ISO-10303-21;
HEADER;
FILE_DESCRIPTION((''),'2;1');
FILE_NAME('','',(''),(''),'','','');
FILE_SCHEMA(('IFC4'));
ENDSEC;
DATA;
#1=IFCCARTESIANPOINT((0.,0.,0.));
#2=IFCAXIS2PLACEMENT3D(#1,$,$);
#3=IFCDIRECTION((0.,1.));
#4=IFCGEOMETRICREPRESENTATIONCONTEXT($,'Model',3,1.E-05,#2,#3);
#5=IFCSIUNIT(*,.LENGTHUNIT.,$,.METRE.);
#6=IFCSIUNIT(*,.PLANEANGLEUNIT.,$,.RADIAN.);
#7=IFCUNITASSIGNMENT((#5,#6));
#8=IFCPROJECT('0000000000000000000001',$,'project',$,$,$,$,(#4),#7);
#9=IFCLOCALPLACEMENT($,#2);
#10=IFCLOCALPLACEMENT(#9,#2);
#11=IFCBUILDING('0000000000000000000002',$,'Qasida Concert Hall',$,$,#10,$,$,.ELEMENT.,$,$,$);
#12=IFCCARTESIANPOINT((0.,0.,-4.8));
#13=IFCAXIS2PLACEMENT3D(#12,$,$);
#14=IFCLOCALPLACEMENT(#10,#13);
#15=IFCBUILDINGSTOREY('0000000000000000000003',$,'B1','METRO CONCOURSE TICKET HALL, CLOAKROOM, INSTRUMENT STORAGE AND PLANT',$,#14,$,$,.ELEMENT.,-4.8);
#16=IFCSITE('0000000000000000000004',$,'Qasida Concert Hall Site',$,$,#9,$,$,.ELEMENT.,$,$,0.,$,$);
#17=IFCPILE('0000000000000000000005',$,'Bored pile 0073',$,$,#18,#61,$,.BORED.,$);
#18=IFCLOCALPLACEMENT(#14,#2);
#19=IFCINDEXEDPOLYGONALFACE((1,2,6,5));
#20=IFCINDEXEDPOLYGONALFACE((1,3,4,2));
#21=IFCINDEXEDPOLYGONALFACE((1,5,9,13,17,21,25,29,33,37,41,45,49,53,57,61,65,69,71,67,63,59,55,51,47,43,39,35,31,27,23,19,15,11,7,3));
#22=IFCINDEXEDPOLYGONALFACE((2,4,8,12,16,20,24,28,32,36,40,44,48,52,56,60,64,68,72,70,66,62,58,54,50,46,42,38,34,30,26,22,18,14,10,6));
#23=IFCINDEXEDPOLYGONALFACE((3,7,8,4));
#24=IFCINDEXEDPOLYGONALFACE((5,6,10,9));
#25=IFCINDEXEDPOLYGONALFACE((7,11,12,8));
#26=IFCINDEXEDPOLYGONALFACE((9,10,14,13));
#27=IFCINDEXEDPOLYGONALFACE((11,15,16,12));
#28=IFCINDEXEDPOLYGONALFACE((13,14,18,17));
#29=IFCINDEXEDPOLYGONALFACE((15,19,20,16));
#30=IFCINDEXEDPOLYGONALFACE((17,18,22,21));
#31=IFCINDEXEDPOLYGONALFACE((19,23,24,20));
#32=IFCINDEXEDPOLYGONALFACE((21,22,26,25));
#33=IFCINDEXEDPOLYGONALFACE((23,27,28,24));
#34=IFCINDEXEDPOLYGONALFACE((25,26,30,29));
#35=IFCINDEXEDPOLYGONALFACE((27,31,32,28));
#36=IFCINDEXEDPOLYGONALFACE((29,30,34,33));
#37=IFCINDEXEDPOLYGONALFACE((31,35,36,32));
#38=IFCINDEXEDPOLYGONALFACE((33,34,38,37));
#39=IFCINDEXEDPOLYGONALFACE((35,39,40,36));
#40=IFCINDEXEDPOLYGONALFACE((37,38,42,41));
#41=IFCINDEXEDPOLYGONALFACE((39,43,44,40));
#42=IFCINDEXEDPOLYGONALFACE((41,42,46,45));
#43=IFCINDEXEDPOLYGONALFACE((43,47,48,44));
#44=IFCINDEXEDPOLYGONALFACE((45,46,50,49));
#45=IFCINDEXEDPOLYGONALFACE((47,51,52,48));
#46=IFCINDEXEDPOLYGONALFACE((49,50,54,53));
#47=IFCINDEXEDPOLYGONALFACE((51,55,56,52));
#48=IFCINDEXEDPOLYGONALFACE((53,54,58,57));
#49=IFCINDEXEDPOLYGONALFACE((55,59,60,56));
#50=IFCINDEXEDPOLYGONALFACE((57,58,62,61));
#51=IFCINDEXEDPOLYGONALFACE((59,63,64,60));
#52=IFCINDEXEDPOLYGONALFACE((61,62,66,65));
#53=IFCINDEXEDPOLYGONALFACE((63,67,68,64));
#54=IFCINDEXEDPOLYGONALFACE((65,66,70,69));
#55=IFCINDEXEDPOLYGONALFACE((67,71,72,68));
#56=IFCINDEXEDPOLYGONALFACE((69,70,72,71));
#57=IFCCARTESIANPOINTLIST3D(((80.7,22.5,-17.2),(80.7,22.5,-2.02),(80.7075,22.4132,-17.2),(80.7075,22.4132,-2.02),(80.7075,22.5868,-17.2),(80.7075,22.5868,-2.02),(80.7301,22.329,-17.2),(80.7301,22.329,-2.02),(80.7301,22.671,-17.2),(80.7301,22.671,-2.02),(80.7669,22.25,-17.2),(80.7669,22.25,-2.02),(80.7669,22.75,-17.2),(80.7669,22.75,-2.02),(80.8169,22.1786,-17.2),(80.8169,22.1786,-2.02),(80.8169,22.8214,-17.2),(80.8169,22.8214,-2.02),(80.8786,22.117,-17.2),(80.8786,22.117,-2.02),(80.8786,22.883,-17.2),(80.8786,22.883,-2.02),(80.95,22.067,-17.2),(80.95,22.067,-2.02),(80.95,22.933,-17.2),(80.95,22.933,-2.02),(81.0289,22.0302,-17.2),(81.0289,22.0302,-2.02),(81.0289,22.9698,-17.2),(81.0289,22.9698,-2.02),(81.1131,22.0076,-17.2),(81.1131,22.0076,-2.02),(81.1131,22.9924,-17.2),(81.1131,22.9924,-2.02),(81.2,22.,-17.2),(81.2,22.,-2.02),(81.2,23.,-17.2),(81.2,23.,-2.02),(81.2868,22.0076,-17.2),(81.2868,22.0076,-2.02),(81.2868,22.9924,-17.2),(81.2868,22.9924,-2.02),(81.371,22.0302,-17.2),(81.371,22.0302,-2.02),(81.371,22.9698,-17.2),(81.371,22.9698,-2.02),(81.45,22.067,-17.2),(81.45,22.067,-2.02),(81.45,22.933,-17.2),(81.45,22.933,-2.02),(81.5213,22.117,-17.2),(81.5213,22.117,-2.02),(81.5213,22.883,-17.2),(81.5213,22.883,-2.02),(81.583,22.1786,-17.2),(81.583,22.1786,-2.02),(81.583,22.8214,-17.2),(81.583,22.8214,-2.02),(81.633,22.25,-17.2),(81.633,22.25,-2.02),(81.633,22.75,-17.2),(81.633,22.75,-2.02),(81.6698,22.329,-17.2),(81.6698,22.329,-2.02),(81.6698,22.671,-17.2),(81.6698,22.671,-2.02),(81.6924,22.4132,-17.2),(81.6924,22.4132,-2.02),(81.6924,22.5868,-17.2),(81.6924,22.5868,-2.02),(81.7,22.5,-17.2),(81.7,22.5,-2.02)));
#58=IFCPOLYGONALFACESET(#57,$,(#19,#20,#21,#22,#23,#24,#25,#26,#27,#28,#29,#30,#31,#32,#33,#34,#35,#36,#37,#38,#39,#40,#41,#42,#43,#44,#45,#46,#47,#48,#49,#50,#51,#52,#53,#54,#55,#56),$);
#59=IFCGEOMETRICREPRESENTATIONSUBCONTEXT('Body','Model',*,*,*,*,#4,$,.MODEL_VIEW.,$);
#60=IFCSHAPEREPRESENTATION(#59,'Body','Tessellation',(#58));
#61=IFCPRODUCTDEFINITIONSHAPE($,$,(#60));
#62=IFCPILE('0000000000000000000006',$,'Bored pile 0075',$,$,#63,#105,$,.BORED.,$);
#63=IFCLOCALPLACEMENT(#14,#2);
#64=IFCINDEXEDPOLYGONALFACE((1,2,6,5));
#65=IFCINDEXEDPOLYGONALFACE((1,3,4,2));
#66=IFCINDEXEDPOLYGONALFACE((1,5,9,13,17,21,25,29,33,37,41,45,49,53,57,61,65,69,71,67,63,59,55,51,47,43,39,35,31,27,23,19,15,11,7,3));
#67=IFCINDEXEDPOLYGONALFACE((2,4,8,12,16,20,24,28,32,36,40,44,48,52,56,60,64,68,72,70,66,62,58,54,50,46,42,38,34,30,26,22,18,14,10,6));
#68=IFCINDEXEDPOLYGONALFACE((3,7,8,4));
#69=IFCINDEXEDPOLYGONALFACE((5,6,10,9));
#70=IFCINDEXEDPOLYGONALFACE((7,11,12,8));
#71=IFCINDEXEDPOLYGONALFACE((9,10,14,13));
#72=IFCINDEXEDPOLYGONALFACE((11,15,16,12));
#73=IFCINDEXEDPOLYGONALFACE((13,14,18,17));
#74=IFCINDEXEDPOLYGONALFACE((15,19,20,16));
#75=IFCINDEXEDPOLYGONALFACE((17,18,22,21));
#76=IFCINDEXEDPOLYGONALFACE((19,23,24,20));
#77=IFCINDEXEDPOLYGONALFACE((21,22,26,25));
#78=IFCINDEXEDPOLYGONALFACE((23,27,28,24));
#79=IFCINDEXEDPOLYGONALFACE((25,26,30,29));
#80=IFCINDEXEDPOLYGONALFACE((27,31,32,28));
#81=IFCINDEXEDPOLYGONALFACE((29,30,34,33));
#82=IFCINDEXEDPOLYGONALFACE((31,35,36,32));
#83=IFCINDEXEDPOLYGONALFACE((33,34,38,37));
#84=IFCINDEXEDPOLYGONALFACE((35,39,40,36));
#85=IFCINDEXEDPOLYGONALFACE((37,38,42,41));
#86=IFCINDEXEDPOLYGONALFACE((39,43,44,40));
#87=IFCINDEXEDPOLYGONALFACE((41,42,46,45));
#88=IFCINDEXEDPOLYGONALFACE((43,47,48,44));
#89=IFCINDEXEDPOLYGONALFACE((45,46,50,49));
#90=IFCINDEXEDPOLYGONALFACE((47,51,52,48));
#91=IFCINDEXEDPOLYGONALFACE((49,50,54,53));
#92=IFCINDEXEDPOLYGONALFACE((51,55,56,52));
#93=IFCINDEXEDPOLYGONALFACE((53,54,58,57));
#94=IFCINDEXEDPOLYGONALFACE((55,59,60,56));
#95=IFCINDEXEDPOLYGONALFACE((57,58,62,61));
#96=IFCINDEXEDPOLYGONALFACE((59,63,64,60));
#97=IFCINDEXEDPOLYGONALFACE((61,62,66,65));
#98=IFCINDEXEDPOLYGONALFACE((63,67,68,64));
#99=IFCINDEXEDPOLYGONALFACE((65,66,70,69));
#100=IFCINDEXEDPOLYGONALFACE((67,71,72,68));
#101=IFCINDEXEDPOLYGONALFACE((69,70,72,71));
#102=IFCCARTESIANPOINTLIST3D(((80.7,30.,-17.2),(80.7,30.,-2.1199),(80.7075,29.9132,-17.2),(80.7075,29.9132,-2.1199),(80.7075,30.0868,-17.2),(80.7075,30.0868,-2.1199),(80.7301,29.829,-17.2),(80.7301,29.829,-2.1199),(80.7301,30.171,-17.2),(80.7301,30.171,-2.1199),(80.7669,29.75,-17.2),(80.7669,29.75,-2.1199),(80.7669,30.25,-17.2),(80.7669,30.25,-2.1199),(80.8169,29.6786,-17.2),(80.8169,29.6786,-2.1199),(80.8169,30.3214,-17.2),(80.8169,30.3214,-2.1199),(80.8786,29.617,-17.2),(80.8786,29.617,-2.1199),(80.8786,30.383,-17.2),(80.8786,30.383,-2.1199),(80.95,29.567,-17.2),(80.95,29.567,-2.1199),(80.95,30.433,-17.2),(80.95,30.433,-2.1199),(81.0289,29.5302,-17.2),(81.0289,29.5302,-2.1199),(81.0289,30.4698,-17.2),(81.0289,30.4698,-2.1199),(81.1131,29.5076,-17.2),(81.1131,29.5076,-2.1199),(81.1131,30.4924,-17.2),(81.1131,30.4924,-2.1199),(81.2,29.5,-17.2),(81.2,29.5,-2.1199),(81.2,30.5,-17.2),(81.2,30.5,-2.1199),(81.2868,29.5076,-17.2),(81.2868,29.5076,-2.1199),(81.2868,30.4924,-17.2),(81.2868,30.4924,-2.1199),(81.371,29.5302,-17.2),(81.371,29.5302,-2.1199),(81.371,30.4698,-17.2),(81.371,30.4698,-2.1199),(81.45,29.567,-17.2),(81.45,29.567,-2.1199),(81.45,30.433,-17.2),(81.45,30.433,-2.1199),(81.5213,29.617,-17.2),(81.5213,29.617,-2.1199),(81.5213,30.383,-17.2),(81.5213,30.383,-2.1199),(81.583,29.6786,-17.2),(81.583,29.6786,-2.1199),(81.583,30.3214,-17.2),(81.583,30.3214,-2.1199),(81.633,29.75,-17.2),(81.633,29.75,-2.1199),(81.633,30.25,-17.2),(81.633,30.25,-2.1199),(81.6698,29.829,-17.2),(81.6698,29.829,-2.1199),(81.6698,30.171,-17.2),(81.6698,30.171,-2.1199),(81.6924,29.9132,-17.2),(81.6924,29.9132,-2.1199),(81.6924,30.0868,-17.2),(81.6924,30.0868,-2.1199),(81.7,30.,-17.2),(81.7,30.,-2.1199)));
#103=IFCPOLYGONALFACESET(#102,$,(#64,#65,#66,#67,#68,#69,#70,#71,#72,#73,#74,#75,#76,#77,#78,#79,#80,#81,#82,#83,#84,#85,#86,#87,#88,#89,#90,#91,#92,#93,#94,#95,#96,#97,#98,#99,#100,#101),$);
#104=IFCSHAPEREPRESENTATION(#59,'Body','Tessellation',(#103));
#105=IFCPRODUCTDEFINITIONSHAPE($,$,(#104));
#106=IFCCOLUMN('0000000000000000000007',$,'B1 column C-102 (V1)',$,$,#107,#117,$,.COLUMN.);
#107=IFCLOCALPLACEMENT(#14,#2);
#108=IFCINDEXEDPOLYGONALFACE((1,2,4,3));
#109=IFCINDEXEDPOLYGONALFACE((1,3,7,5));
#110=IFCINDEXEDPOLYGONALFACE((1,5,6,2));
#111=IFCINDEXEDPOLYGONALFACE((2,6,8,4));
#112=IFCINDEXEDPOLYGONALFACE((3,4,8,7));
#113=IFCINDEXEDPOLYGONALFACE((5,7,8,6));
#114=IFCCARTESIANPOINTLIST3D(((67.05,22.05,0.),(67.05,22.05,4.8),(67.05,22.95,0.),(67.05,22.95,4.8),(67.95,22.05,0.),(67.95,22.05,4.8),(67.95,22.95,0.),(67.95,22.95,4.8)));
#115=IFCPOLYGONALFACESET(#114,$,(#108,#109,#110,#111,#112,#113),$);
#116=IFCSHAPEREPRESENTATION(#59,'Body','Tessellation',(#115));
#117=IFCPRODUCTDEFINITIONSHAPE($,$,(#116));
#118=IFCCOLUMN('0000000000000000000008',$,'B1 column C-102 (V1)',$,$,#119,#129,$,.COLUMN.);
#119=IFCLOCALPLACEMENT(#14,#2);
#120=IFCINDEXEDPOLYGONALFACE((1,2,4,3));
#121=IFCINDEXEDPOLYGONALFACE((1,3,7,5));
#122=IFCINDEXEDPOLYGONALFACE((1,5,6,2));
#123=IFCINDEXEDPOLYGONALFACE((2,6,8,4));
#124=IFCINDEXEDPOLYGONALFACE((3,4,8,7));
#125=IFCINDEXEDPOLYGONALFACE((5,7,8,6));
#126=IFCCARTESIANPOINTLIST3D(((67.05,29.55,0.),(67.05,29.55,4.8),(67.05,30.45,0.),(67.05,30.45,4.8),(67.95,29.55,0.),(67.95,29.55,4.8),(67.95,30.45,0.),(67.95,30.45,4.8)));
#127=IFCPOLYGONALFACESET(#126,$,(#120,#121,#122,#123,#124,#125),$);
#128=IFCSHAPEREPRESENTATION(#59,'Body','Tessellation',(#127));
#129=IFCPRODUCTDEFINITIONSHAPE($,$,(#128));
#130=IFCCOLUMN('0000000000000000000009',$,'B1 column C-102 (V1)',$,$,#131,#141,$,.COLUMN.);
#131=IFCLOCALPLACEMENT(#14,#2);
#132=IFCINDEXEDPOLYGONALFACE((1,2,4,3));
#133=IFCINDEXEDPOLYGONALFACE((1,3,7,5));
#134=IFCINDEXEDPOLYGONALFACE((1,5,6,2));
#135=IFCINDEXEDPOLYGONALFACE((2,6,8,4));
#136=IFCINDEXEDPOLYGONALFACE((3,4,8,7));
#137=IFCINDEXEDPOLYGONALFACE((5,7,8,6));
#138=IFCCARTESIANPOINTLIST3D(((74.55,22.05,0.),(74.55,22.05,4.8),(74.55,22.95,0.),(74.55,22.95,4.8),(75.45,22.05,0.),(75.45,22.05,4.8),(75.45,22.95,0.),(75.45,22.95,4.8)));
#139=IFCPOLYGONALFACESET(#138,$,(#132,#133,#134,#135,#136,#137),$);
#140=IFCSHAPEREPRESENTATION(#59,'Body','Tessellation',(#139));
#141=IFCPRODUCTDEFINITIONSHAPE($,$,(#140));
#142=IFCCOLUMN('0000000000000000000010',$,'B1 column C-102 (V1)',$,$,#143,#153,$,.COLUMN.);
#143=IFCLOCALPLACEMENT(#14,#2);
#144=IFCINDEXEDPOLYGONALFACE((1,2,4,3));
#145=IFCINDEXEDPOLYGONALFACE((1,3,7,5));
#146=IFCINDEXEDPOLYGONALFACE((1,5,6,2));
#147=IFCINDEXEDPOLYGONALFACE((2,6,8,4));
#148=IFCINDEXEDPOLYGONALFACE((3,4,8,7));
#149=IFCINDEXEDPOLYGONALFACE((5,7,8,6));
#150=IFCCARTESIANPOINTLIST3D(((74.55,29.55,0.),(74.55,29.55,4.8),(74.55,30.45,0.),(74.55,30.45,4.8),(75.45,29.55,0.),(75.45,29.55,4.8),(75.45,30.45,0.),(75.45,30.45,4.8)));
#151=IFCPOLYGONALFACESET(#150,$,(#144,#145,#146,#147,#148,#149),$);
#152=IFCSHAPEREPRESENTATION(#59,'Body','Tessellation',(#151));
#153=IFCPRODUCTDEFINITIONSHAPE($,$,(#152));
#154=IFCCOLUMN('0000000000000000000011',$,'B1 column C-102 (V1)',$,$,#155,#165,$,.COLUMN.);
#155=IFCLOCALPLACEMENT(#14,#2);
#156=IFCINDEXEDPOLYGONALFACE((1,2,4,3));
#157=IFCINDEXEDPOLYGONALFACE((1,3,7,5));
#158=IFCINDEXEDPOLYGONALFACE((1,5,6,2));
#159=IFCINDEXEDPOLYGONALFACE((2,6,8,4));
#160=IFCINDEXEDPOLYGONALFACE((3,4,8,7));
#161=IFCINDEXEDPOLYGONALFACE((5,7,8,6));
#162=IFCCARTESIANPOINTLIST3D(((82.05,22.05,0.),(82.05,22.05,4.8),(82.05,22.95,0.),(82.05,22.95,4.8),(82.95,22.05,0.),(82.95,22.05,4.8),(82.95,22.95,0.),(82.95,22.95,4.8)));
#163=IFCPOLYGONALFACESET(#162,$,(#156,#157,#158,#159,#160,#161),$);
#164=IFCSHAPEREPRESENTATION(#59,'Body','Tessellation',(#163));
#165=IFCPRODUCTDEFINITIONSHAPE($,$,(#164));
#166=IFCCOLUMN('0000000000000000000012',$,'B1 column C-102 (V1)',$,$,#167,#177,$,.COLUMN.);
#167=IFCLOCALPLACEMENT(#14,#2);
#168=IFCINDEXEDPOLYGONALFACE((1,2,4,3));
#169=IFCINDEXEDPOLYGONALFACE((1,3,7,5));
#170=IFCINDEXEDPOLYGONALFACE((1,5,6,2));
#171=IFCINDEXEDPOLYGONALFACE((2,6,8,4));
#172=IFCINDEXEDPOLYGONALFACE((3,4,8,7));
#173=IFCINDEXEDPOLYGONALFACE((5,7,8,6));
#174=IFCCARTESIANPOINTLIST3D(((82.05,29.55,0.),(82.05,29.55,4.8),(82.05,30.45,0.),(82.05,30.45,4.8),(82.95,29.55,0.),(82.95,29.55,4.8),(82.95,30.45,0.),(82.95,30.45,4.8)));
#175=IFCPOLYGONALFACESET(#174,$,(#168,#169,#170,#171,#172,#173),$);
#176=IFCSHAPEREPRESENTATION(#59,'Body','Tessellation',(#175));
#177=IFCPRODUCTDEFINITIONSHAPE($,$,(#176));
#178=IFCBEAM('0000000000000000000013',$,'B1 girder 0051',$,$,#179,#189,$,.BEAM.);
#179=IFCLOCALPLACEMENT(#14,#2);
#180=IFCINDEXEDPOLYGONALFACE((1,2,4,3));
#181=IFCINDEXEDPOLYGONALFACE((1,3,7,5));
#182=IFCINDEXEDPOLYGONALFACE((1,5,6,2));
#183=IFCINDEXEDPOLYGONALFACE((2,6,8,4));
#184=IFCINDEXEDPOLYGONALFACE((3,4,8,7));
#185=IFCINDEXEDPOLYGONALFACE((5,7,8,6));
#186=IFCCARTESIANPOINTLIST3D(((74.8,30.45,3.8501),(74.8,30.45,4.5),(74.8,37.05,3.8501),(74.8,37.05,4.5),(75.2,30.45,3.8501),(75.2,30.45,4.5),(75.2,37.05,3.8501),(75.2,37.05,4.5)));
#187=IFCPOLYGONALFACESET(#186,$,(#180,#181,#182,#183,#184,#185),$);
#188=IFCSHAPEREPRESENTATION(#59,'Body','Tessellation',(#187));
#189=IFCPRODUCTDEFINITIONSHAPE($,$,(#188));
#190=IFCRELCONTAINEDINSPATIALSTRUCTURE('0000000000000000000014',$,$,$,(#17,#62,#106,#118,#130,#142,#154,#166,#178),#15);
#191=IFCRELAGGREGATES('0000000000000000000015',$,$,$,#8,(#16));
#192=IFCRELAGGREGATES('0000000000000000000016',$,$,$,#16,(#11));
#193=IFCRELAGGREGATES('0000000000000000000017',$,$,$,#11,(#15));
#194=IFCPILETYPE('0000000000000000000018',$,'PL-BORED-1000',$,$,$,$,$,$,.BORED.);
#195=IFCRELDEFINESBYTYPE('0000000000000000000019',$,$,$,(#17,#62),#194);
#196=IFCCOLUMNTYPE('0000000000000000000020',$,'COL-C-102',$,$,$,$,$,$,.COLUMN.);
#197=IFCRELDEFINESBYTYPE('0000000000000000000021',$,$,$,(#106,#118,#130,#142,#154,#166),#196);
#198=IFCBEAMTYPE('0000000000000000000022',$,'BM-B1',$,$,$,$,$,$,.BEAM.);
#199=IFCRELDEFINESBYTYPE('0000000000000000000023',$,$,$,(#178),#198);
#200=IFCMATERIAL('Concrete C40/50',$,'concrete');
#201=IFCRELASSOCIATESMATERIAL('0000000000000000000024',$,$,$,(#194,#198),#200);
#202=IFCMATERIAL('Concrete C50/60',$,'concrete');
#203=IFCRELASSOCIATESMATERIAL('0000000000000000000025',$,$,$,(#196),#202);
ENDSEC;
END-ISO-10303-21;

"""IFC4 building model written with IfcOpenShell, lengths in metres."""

from ifc_helpers import new_model, si_unit, direction, frame, origin, origin_2d, place, context, subcontext, project, spatial, rectangle, circle, extrude, material, material_profile, profile_set, type_object, element, save


model = new_model("IFC4")

# Units and contexts
model_context = context("Model", 3, precision=1e-05, world=origin(), true_north=direction((0.0, 1.0)))
body_context = subcontext(model_context, "Body", "Model", "MODEL_VIEW")
ifc_project = project(units=[si_unit("LENGTHUNIT", "METRE"), si_unit("PLANEANGLEUNIT", "RADIAN")], contexts=[model_context])

# Site, building, storey
site_placement = place(None, origin())
site = spatial("IfcSite", under=ifc_project, at=site_placement, Name="Qasida Concert Hall Site", CompositionType="ELEMENT", RefElevation=0.0)
building_placement = place(site_placement, origin())
building = spatial("IfcBuilding", under=site, at=building_placement, Name="Qasida Concert Hall", CompositionType="ELEMENT")
storey_placement = place(building_placement, frame((0.0, 0.0, -4.8)))
storey = spatial("IfcBuildingStorey", under=building, at=storey_placement, Name="B1", Description="METRO CONCOURSE TICKET HALL, CLOAKROOM, INSTRUMENT STORAGE AND PLANT", CompositionType="ELEMENT", Elevation=-4.8)

# Shared definitions
ifc_material_1 = material(Name="Concrete C40/50", Category="concrete")

# Piles
ifc_material_profile_1 = material_profile(ifc_material_1, circle(Radius=0.5, at=origin_2d()), Name="BORED PILE D1000")
ifc_profile_set_1 = profile_set([ifc_material_profile_1], Name="Concrete C40/50")
pile_type = type_object("IfcPileType", Name="PL-BORED-1000", PredefinedType="BORED", material=ifc_profile_set_1)
pile_1_placement = place(storey_placement, frame((81.2, 22.5, -2.02), z_axis=(0.0, 0.0, -1.0), x_axis=(1.0, 0.0, 0.0)))
element("IfcPile", 1, at=pile_1_placement, inside=storey, type_object=pile_type, Name="Bored pile 0073", PredefinedType="BORED", context=body_context, shape_type="SweptSolid", body=[
    extrude(circle(Radius=0.5, at=origin_2d()), origin(), (0.0, 0.0, 1.0), 15.1799),
])
pile_2_placement = place(storey_placement, frame((81.2, 30.0, -2.1199), z_axis=(0.0, 0.0, -1.0), x_axis=(1.0, 0.0, 0.0)))
element("IfcPile", 2, at=pile_2_placement, inside=storey, type_object=pile_type, Name="Bored pile 0075", PredefinedType="BORED", context=body_context, shape_type="SweptSolid", body=[
    extrude(circle(Radius=0.5, at=origin_2d()), origin(), (0.0, 0.0, 1.0), 15.0801),
])

# Columns
ifc_material_2 = material(Name="Concrete C50/60", Category="concrete")
ifc_material_profile_2 = material_profile(ifc_material_2, rectangle(XDim=0.8999, YDim=0.8999, at=origin_2d()), Name="RC 900x900")
ifc_profile_set_2 = profile_set([ifc_material_profile_2], Name="Concrete C50/60")
column_type = type_object("IfcColumnType", Name="COL-C-102", PredefinedType="COLUMN", material=ifc_profile_set_2)
for number, where, z_axis, x_axis, name in (
    (3, (67.5, 22.5, 0.0), (0.0, 0.0, 1.0), (1.0, 0.0, 0.0), "B1 column C-102 (V1)"),
    (4, (67.5, 30.0, 0.0), (0.0, 0.0, 1.0), (1.0, 0.0, 0.0), "B1 column C-102 (V1)"),
    (5, (75.0, 22.5, 0.0), (0.0, 0.0, 1.0), (1.0, 0.0, 0.0), "B1 column C-102 (V1)"),
    (6, (75.0, 30.0, 0.0), (0.0, 0.0, 1.0), (1.0, 0.0, 0.0), "B1 column C-102 (V1)"),
    (7, (82.5, 22.5, 0.0), (0.0, 0.0, 1.0), (1.0, 0.0, 0.0), "B1 column C-102 (V1)"),
    (8, (82.5, 30.0, 0.0), (0.0, 0.0, 1.0), (1.0, 0.0, 0.0), "B1 column C-102 (V1)"),
):
    element("IfcColumn", number, at=place(storey_placement, frame(where, z_axis=z_axis, x_axis=x_axis)), inside=storey, type_object=column_type, Name=name, PredefinedType="COLUMN", context=body_context, shape_type="SweptSolid", body=[
        extrude(rectangle(XDim=0.8999, YDim=0.8999, at=origin_2d()), origin(), (0.0, 0.0, 1.0), 4.8),
    ])

# Beam
ifc_material_profile_3 = material_profile(ifc_material_1, rectangle(XDim=0.3999, YDim=0.6499, at=origin_2d()), Name="RC 400x650")
ifc_profile_set_3 = profile_set([ifc_material_profile_3], Name="Concrete C40/50")
beam_type_1 = type_object("IfcBeamType", Name="BM-B1", PredefinedType="BEAM", material=ifc_profile_set_3)
beam_1_placement = place(storey_placement, frame((75.0, 30.45, 4.175), z_axis=(0.0, 1.0, 0.0), x_axis=(-1.0, 0.0, 0.0)))
element("IfcBeam", 9, at=beam_1_placement, inside=storey, type_object=beam_type_1, Name="B1 girder 0051", PredefinedType="BEAM", context=body_context, shape_type="SweptSolid", body=[
    extrude(rectangle(XDim=0.3999, YDim=0.6499, at=origin_2d()), origin(), (0.0, 0.0, 1.0), 6.6001),
])

save(model, "model.ifc")
